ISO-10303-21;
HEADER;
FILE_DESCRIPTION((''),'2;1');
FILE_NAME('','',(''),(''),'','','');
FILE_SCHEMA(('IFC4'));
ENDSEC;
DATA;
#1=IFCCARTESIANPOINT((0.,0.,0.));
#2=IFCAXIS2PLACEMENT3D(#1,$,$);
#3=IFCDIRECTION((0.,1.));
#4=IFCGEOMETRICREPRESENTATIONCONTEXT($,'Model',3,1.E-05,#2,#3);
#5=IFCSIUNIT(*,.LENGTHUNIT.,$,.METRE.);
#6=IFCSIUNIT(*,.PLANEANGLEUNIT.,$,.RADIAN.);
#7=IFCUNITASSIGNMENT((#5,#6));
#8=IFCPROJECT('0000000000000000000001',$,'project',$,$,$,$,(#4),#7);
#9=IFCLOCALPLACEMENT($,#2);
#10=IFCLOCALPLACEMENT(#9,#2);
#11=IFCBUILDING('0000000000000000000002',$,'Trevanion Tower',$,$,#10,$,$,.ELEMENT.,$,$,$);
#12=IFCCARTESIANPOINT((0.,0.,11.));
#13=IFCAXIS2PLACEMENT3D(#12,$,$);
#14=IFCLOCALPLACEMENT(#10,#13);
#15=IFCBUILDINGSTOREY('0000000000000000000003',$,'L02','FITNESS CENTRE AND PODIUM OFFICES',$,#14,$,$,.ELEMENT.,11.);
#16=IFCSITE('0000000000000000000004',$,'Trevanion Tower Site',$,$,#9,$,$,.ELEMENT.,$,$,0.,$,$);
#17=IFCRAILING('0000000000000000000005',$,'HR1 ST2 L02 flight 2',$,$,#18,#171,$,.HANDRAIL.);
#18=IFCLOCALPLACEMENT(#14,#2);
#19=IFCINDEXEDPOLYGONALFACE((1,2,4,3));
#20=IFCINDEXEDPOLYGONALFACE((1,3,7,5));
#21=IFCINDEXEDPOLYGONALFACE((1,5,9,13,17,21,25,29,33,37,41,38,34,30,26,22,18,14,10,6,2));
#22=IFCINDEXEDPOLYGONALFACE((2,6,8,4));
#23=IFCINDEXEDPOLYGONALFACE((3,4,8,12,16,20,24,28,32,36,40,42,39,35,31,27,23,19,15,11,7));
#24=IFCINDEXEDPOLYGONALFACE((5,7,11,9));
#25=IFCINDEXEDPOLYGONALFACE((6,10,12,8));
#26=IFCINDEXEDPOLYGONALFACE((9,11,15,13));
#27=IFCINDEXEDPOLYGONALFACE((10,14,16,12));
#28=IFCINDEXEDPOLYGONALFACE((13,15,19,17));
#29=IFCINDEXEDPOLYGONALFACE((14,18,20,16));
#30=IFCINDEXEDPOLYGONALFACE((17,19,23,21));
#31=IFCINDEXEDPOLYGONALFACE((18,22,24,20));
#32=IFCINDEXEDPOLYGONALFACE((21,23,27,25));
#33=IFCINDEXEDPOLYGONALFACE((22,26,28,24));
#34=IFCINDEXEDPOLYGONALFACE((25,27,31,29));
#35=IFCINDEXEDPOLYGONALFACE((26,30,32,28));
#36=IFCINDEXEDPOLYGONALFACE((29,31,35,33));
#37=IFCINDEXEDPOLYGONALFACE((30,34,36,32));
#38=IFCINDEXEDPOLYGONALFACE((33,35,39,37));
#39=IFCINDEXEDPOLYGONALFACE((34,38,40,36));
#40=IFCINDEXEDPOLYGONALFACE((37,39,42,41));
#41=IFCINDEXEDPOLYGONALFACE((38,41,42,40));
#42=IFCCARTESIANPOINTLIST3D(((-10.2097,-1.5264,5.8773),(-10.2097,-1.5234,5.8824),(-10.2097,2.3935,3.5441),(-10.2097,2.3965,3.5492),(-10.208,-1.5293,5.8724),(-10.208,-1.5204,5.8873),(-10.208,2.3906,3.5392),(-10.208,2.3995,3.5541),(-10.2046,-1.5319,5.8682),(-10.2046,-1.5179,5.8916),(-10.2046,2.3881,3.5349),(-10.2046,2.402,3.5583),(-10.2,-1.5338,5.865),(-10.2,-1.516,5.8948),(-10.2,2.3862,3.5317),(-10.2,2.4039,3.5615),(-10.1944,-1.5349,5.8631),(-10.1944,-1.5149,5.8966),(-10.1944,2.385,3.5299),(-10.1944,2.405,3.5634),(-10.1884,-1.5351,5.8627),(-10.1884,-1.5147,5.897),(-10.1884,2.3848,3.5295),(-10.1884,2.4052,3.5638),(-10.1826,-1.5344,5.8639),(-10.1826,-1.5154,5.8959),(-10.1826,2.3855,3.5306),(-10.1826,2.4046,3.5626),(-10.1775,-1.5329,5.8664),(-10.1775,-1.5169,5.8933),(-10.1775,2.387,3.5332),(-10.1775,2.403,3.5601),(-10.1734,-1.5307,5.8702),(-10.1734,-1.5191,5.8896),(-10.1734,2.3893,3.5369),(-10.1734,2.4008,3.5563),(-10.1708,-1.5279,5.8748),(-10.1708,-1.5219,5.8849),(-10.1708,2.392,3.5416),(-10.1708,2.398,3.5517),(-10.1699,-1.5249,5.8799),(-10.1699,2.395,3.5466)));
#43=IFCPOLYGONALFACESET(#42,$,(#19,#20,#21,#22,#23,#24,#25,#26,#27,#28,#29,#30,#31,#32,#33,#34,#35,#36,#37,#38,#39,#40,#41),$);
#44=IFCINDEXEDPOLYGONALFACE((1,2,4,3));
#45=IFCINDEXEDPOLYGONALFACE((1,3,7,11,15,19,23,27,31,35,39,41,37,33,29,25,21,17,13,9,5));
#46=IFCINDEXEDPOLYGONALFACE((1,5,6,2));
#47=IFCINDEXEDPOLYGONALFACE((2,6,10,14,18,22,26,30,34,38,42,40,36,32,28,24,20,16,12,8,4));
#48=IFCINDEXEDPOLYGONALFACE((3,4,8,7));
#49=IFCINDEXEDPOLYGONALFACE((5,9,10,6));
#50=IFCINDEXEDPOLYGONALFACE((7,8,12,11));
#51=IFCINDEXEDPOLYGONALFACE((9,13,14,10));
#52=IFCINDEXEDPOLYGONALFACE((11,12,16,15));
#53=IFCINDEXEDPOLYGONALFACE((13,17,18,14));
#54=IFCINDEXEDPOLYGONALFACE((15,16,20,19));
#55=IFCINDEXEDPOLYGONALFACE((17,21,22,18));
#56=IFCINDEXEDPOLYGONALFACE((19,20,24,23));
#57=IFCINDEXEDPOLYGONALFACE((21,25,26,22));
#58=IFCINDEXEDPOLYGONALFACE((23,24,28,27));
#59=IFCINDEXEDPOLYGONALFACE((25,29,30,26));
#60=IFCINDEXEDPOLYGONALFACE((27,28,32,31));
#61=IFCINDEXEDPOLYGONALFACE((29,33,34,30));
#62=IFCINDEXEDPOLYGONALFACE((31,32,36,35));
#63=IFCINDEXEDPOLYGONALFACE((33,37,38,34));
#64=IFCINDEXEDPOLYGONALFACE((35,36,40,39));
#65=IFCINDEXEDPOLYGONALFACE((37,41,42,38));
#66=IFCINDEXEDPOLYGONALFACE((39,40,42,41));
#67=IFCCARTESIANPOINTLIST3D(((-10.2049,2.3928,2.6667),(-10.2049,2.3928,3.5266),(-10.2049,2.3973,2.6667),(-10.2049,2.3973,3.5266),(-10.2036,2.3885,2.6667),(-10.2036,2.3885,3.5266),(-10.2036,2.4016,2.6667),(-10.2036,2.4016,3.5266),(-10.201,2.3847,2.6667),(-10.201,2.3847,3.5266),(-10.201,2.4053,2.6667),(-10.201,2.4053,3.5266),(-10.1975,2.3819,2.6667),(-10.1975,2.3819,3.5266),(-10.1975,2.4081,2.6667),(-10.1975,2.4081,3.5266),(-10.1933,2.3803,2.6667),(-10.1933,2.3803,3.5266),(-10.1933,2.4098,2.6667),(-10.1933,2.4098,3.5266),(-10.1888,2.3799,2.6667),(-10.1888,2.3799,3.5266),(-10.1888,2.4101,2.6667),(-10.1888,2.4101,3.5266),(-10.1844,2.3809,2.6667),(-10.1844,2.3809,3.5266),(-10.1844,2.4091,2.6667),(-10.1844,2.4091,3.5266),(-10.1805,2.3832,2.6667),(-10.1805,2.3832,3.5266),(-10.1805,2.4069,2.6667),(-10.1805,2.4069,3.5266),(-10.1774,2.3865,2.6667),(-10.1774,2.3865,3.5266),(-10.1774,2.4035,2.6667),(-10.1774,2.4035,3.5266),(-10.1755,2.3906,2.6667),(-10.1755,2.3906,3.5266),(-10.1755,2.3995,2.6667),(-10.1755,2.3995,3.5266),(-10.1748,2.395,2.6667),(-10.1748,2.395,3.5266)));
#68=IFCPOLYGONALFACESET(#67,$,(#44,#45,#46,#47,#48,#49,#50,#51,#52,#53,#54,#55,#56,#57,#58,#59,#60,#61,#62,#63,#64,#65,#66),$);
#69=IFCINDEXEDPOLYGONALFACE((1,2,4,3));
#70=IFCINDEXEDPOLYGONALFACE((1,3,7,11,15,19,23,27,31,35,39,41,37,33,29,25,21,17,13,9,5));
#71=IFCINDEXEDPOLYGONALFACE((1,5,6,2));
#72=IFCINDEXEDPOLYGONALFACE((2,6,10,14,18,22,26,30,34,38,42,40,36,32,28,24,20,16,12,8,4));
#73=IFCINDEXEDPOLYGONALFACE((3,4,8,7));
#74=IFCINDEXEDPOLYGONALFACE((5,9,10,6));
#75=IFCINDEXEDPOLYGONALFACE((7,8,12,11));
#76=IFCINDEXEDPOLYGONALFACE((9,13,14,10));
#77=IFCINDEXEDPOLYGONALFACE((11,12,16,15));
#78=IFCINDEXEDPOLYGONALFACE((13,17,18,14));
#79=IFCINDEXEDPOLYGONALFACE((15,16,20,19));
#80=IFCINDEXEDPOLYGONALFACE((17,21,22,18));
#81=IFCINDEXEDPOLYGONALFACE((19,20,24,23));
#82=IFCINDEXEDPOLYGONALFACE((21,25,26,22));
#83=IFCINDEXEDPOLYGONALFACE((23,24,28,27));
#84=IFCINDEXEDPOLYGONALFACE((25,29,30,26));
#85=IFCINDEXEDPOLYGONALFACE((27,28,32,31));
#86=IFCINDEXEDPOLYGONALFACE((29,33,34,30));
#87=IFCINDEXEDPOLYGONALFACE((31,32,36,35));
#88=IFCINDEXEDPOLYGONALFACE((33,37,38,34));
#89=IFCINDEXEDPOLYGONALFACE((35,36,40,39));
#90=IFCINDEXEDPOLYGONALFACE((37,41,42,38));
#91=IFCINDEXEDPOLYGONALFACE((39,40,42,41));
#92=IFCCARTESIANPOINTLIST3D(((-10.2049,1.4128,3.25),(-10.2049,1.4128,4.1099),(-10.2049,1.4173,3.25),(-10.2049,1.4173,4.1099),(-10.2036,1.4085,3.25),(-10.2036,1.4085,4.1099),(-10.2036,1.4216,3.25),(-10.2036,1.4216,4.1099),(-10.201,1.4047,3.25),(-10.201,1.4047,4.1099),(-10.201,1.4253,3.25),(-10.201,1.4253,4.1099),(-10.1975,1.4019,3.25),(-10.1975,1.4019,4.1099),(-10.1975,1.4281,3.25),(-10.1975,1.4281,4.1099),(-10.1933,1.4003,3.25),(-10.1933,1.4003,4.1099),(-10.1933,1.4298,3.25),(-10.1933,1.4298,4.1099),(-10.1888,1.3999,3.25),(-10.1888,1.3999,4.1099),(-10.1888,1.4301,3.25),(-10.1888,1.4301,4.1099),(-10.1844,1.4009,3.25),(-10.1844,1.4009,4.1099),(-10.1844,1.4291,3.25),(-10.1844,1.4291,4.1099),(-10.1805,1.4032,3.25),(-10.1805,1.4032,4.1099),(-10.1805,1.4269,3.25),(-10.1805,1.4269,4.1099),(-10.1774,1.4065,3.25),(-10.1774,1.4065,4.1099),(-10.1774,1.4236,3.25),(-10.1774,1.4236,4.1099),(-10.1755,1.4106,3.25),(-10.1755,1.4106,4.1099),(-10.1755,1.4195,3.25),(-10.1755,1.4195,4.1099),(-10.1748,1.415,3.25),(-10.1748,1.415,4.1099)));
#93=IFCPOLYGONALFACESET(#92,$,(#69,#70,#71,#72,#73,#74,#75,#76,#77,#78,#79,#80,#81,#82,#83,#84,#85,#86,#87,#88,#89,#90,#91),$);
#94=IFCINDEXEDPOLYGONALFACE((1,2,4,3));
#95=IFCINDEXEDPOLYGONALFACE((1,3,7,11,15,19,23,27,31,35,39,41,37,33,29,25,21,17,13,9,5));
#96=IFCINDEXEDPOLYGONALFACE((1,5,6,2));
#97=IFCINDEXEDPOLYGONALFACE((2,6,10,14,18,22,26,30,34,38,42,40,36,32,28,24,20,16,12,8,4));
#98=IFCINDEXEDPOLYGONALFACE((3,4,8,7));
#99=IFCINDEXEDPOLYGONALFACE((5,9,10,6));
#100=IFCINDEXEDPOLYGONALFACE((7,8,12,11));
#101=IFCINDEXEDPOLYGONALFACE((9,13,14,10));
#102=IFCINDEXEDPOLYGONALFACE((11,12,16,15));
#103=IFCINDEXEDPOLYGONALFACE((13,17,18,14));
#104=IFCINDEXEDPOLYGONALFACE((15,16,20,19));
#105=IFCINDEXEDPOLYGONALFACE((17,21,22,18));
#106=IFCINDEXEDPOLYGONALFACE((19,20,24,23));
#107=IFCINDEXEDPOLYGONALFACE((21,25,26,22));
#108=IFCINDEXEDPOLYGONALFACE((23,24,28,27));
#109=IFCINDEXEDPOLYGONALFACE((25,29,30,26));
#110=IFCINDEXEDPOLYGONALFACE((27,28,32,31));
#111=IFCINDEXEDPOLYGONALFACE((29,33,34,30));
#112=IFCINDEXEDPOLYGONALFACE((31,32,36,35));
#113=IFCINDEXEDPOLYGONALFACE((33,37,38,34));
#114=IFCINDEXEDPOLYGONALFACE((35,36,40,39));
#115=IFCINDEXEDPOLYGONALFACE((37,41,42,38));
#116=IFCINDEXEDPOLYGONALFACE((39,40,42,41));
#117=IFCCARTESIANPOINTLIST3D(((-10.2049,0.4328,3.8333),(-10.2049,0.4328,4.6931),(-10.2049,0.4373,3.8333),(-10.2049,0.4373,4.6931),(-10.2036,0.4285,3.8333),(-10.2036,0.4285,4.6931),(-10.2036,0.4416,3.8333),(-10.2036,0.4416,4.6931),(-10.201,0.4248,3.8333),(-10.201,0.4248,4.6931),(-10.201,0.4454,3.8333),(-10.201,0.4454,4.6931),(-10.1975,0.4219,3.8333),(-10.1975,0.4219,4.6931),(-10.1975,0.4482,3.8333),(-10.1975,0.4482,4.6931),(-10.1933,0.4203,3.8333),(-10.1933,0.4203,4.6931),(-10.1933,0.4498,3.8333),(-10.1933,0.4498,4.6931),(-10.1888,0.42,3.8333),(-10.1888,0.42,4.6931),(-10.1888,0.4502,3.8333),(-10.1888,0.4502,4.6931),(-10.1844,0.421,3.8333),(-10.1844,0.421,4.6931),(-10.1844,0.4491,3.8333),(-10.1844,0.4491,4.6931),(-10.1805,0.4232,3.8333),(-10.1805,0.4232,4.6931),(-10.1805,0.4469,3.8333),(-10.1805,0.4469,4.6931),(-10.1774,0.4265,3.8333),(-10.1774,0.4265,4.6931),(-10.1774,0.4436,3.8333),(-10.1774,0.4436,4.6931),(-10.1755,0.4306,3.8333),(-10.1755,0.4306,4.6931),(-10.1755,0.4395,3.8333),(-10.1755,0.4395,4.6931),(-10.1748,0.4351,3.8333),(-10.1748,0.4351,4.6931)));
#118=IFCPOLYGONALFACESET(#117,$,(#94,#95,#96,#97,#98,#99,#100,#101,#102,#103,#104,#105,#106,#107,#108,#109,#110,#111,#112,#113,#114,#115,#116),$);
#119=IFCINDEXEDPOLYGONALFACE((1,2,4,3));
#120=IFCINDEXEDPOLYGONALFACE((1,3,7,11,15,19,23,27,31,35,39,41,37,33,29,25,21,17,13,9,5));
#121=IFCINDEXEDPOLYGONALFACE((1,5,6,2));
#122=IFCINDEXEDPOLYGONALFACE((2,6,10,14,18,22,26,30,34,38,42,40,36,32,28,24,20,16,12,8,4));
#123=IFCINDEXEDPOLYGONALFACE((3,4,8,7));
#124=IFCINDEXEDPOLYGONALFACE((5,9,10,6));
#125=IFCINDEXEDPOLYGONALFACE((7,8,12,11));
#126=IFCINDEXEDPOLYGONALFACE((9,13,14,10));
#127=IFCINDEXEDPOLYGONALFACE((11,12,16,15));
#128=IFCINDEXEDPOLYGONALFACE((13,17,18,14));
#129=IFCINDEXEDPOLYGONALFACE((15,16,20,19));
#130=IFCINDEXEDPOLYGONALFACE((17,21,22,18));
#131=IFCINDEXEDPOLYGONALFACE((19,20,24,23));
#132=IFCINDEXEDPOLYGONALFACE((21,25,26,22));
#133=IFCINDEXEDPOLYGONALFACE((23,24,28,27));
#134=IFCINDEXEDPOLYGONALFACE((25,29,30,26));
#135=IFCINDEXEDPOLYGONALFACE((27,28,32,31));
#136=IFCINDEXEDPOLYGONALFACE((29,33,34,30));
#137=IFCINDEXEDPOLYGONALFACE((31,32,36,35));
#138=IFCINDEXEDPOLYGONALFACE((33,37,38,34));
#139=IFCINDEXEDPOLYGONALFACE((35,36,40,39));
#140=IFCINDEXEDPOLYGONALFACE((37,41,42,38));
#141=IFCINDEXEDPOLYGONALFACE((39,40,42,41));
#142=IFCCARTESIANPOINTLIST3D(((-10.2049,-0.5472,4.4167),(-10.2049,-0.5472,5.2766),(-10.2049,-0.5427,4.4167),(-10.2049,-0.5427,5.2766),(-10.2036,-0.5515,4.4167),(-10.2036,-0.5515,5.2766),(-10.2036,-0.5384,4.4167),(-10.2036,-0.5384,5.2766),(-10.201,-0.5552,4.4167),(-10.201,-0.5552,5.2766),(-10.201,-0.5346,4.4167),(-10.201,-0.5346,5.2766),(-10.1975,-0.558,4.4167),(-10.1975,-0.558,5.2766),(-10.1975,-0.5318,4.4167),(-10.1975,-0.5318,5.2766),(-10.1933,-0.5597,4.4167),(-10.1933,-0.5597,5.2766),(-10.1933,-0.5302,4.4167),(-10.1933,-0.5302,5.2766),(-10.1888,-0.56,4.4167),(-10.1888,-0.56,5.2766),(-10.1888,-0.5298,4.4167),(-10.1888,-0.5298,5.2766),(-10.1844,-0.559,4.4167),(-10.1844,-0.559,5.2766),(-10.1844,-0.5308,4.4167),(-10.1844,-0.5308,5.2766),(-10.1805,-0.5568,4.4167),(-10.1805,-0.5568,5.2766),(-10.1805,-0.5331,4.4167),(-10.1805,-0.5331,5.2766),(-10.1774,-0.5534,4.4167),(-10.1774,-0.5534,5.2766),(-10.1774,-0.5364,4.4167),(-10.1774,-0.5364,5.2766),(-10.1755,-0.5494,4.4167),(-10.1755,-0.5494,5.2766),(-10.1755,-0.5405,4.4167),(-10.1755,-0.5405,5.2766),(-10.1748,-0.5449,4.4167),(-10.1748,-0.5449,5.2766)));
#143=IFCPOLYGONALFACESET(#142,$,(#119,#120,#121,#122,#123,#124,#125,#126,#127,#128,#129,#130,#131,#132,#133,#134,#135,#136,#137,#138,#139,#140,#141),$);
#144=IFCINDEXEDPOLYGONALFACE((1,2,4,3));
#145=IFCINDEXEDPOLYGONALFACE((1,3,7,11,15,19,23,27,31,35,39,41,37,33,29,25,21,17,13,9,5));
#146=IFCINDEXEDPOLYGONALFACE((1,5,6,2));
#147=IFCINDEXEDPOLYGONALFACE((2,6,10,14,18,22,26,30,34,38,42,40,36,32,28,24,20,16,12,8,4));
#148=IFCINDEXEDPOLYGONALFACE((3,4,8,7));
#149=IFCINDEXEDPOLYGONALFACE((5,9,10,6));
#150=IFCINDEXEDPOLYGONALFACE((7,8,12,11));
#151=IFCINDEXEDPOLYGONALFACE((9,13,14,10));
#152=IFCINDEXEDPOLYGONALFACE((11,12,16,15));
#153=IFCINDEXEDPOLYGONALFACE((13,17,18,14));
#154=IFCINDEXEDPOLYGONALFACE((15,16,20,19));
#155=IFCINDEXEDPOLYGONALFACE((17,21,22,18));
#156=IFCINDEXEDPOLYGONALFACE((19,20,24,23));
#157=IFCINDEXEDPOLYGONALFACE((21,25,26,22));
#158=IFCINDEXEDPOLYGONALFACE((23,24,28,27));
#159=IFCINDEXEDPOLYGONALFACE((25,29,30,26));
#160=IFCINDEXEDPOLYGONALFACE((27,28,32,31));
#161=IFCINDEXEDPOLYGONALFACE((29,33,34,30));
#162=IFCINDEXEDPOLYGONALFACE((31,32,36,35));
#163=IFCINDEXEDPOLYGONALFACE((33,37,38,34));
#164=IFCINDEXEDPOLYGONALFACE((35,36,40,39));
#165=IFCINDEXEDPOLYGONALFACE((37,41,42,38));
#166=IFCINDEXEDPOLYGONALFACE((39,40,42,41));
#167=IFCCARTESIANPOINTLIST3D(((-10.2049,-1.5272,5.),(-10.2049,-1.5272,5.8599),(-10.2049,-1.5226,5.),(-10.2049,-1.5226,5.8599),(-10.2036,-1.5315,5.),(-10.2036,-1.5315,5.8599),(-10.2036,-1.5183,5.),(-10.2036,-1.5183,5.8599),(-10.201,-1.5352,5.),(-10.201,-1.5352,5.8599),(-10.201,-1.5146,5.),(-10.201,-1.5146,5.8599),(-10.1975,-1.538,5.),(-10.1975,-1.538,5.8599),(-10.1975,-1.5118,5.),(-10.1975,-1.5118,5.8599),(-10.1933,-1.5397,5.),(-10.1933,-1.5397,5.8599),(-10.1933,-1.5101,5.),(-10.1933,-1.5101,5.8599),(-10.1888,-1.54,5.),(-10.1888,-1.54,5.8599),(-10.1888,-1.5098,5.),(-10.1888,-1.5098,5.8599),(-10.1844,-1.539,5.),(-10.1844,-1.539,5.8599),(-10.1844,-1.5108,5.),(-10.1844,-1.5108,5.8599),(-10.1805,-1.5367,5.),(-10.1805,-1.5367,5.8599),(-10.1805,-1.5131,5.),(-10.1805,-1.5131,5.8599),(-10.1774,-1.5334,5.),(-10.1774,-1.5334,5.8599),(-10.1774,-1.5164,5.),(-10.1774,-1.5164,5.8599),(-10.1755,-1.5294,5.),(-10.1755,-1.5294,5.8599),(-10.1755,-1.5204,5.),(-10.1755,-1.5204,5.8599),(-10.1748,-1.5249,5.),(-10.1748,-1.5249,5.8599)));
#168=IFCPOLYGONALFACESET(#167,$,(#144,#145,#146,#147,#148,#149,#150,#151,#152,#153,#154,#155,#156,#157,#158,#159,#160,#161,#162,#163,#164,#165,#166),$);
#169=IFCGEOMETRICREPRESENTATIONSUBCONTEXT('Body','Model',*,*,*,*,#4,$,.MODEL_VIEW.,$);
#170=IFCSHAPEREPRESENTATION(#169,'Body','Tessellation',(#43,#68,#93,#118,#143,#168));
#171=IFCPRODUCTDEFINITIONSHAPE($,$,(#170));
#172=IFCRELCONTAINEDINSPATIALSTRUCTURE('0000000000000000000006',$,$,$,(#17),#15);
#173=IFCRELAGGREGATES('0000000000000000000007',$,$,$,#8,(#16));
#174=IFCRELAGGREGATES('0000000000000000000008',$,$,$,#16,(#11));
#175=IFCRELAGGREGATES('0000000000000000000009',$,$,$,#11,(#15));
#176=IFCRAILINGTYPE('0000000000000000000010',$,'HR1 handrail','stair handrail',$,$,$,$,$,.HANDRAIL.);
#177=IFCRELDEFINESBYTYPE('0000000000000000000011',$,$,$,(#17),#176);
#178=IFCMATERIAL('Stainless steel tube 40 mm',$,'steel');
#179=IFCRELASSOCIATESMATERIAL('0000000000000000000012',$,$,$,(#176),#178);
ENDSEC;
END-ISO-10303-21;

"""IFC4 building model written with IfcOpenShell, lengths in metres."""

from ifc_helpers import new_model, si_unit, direction, frame, origin, origin_2d, place, context, subcontext, project, spatial, circle, extrude, material, type_object, element, save


model = new_model("IFC4")

# Units and contexts
model_context = context("Model", 3, precision=1e-05, world=origin(), true_north=direction((0.0, 1.0)))
body_context = subcontext(model_context, "Body", "Model", "MODEL_VIEW")
ifc_project = project(units=[si_unit("LENGTHUNIT", "METRE"), si_unit("PLANEANGLEUNIT", "RADIAN")], contexts=[model_context])

# Site, building, storey
site_placement = place(None, origin())
site = spatial("IfcSite", under=ifc_project, at=site_placement, Name="Trevanion Tower Site", CompositionType="ELEMENT", RefElevation=0.0)
building_placement = place(site_placement, origin())
building = spatial("IfcBuilding", under=site, at=building_placement, Name="Trevanion Tower", CompositionType="ELEMENT")
storey_placement = place(building_placement, frame((0.0, 0.0, 11.0)))
storey = spatial("IfcBuildingStorey", under=building, at=storey_placement, Name="L02", Description="FITNESS CENTRE AND PODIUM OFFICES", CompositionType="ELEMENT", Elevation=11.0)

# Railing
ifc_material_1 = material(Name="Stainless steel tube 40 mm", Category="steel")
railing_type = type_object("IfcRailingType", Name="HR1 handrail", Description="stair handrail", PredefinedType="HANDRAIL", material=ifc_material_1)
for number, where, name in (
    (1, (-10.1899, 2.395, 2.6667), "HR1 ST2 L02 flight 2"),
):
    element("IfcRailing", number, at=place(storey_placement, frame(where)), inside=storey, type_object=railing_type, Name=name, PredefinedType="HANDRAIL", context=body_context, shape_type="SweptSolid", body=[
        extrude(circle(Radius=0.02, at=origin_2d()), frame((0.0, 0.0, 0.8799), z_axis=(0.0, -0.859296, 0.511478), x_axis=(1.0, 0.0, 0.0)), (0.0, 0.0, 1.0), 4.5618),
        extrude(circle(Radius=0.0151, at=origin_2d()), origin(), (0.0, 0.0, 1.0), 0.8599),
        extrude(circle(Radius=0.0151, at=origin_2d()), frame((0.0, -0.98, 0.5833)), (0.0, 0.0, 1.0), 0.8599),
        extrude(circle(Radius=0.0151, at=origin_2d()), frame((0.0, -1.96, 1.1665)), (0.0, 0.0, 1.0), 0.8599),
        extrude(circle(Radius=0.0151, at=origin_2d()), frame((0.0, -2.9399, 1.75)), (0.0, 0.0, 1.0), 0.8599),
        extrude(circle(Radius=0.0151, at=origin_2d()), frame((0.0, -3.9199, 2.3333)), (0.0, 0.0, 1.0), 0.8599),
    ])

save(model, "model.ifc")
